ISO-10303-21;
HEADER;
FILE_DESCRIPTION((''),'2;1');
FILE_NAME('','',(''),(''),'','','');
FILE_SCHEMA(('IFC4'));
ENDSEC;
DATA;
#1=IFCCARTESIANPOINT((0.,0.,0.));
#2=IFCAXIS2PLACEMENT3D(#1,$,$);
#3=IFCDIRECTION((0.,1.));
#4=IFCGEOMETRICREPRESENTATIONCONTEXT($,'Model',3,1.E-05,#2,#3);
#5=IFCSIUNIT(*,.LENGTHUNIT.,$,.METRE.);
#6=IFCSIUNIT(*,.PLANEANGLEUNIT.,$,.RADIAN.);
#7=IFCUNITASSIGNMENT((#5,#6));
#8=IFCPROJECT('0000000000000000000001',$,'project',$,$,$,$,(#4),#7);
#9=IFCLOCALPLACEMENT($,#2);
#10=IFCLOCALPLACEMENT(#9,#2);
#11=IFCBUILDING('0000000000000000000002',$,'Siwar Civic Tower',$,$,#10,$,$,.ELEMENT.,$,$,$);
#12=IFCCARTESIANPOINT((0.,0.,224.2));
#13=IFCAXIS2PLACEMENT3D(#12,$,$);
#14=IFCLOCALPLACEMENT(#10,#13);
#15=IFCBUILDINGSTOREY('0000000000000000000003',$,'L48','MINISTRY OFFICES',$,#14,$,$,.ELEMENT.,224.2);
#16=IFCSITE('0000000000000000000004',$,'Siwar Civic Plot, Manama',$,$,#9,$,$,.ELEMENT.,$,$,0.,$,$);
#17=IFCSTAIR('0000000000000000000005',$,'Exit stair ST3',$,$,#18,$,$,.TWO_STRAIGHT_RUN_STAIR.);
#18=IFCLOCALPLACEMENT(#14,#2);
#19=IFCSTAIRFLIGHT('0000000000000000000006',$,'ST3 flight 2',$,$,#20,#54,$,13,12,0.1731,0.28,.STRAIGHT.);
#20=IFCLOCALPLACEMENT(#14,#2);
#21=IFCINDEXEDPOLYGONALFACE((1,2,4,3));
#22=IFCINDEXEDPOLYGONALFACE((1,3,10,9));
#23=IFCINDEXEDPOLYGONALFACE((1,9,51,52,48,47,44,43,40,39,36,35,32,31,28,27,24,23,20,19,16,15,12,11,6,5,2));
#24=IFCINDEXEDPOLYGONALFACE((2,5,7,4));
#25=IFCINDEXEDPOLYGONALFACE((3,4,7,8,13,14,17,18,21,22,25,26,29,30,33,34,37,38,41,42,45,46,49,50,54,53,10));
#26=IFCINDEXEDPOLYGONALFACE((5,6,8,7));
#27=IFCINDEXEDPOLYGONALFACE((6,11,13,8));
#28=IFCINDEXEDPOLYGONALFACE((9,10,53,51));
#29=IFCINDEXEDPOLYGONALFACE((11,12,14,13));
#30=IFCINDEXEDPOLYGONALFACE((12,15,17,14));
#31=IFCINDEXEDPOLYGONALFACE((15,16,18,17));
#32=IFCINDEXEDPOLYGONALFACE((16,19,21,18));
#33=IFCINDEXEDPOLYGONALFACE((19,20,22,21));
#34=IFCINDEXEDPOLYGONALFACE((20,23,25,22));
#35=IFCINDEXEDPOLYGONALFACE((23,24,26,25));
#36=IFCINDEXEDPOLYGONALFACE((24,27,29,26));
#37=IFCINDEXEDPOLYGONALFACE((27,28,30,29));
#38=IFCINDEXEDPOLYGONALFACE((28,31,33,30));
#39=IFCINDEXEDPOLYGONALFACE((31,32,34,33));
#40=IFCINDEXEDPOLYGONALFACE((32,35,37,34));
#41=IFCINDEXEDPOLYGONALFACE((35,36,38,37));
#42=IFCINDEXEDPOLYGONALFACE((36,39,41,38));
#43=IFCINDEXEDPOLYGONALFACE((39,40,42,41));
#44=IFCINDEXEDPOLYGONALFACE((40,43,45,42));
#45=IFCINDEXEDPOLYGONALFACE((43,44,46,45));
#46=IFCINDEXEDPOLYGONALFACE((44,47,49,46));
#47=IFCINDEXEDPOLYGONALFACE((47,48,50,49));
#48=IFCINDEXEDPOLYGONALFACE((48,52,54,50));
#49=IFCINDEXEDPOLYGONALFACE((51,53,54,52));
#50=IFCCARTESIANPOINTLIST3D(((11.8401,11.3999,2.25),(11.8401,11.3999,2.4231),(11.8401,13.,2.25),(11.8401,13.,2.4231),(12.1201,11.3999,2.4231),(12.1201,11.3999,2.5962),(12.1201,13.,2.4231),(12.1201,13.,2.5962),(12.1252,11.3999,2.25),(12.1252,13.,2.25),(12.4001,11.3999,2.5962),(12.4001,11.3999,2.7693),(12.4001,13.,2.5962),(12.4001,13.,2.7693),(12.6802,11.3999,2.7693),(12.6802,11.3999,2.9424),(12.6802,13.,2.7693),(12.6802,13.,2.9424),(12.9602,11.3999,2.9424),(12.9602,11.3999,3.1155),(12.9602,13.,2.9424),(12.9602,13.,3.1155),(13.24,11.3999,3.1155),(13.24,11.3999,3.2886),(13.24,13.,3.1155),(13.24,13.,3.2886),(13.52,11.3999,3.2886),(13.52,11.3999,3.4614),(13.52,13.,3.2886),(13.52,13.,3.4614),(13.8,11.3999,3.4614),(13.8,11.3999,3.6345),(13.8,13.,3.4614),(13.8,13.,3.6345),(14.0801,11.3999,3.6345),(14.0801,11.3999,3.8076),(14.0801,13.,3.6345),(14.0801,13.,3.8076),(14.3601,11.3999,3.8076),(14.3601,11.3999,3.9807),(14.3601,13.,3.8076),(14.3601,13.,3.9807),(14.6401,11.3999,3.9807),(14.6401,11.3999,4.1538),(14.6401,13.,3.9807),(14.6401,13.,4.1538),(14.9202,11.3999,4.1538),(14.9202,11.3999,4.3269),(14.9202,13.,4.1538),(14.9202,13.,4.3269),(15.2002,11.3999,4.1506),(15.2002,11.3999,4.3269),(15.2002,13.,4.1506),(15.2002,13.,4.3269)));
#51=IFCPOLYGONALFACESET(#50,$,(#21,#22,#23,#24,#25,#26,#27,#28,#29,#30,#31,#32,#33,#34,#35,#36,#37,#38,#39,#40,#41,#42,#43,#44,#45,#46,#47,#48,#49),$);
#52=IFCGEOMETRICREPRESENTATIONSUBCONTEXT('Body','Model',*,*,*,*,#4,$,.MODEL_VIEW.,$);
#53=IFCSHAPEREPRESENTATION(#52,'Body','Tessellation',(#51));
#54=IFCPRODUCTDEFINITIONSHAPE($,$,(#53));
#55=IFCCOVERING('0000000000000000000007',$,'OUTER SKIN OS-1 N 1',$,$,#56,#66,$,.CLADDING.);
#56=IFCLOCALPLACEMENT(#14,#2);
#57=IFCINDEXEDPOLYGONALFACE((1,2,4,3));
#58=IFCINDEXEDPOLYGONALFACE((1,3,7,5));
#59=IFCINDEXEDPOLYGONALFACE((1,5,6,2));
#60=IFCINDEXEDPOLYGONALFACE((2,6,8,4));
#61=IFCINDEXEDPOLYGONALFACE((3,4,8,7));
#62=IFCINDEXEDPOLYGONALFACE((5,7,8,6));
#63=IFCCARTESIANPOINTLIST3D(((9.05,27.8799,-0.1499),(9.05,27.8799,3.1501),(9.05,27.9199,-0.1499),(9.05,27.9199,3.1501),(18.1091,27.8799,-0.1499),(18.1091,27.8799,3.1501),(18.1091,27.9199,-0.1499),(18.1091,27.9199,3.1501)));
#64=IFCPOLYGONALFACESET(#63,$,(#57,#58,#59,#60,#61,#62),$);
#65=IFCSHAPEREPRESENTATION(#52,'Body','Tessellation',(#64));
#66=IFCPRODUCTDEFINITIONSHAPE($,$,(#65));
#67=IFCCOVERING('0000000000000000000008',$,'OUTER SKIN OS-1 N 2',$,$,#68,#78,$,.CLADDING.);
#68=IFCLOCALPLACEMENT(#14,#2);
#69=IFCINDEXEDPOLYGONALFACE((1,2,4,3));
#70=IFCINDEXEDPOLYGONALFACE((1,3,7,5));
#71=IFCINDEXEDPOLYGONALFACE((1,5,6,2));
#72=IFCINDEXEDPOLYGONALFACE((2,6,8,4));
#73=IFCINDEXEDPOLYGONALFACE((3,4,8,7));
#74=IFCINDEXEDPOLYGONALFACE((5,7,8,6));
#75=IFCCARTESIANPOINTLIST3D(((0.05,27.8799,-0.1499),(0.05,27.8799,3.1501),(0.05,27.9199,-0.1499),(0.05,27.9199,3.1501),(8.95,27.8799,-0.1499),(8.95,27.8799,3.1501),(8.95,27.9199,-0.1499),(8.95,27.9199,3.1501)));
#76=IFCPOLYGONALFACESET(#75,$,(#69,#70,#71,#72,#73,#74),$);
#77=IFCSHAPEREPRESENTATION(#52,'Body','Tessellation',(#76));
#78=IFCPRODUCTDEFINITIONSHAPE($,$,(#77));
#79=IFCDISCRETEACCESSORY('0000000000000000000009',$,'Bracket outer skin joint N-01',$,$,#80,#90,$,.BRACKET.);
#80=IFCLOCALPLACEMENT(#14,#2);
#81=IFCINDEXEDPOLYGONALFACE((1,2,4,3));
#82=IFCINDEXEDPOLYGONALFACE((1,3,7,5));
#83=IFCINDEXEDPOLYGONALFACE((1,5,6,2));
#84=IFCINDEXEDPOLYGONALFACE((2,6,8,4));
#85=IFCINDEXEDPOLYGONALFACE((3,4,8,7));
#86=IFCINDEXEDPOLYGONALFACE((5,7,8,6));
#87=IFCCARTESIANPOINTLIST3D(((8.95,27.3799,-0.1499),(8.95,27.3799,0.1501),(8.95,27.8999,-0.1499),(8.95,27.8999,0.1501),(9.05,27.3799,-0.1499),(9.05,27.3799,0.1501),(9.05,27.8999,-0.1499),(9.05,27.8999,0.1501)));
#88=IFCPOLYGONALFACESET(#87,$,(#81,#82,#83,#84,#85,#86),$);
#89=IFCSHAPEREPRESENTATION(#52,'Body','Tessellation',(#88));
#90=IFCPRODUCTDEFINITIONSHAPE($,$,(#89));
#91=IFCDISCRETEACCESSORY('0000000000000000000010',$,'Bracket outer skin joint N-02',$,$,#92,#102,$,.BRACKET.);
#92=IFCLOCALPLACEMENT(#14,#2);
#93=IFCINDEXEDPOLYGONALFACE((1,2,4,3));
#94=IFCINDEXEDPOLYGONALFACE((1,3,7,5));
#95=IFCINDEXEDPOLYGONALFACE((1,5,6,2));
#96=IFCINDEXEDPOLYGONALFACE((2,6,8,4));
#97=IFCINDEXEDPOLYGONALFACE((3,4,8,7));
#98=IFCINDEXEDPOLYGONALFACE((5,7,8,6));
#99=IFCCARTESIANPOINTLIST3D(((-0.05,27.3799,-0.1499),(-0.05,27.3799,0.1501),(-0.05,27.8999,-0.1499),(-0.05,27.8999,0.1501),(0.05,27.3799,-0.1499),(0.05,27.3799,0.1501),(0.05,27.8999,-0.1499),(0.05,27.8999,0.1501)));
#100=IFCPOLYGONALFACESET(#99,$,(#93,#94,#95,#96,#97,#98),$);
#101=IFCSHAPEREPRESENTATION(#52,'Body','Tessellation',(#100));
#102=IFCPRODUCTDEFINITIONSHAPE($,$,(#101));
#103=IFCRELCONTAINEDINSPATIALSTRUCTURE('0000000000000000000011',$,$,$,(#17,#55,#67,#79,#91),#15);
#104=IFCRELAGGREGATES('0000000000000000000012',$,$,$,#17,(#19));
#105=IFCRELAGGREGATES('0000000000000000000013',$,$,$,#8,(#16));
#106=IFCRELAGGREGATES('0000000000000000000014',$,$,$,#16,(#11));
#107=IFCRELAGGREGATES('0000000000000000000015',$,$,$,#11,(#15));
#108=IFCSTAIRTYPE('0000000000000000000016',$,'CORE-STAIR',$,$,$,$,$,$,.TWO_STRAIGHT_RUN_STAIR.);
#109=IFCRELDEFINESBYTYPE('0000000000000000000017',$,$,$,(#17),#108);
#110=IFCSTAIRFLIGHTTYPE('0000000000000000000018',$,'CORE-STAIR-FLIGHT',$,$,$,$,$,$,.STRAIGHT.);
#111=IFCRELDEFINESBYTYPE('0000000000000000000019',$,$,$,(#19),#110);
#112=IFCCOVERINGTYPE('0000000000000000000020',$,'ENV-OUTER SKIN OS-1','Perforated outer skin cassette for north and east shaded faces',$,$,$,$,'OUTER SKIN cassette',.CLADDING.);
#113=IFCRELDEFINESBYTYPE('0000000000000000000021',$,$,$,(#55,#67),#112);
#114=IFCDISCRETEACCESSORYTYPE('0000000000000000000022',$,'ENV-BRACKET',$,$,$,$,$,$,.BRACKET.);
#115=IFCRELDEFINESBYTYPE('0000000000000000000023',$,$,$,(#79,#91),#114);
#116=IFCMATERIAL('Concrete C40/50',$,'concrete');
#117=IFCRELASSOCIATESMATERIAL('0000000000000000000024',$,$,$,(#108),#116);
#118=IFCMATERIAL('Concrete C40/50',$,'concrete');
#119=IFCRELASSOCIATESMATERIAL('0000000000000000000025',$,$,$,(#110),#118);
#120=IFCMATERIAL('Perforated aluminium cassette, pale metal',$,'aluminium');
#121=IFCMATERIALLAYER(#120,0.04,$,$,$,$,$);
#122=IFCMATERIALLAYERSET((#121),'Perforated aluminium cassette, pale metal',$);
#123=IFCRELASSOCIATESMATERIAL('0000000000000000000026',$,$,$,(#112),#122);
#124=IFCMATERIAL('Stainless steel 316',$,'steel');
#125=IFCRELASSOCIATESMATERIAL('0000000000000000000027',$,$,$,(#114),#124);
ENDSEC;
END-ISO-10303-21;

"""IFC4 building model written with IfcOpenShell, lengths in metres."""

from ifc_helpers import new_model, si_unit, direction, frame, origin, origin_2d, place, context, subcontext, project, spatial, polyline, rectangle, outline, extrude, material, layer, layer_set, type_object, element, aggregate, save


model = new_model("IFC4")

# Units and contexts
model_context = context("Model", 3, precision=1e-05, world=origin(), true_north=direction((0.0, 1.0)))
body_context = subcontext(model_context, "Body", "Model", "MODEL_VIEW")
ifc_project = project(units=[si_unit("LENGTHUNIT", "METRE"), si_unit("PLANEANGLEUNIT", "RADIAN")], contexts=[model_context])

# Site, building, storey
site_placement = place(None, origin())
site = spatial("IfcSite", under=ifc_project, at=site_placement, Name="Siwar Civic Plot, Manama", CompositionType="ELEMENT", RefElevation=0.0)
building_placement = place(site_placement, origin())
building = spatial("IfcBuilding", under=site, at=building_placement, Name="Siwar Civic Tower", CompositionType="ELEMENT")
storey_placement = place(building_placement, frame((0.0, 0.0, 224.2)))
storey = spatial("IfcBuildingStorey", under=building, at=storey_placement, Name="L48", Description="MINISTRY OFFICES", CompositionType="ELEMENT", Elevation=224.2)

# Stair, stair flight
ifc_material_1 = material(Name="Concrete C40/50", Category="concrete")
stair_type = type_object("IfcStairType", Name="CORE-STAIR", PredefinedType="TWO_STRAIGHT_RUN_STAIR", material=ifc_material_1)
stair_placement = place(storey_placement, origin())
stair = element("IfcStair", 1, at=stair_placement, inside=storey, type_object=stair_type, Name="Exit stair ST3", PredefinedType="TWO_STRAIGHT_RUN_STAIR")
ifc_material_2 = material(Name="Concrete C40/50", Category="concrete")
stair_flight_type = type_object("IfcStairFlightType", Name="CORE-STAIR-FLIGHT", PredefinedType="STRAIGHT", material=ifc_material_2)
stair_flight_placement = place(storey_placement, frame((11.8401, 12.2, 2.25), z_axis=(0.0, 0.0, 1.0), x_axis=(1.0, 0.0, 0.0)))
stair_flight = element("IfcStairFlight", 2, at=stair_flight_placement, type_object=stair_flight_type, Name="ST3 flight 2", NumberOfRisers=13, NumberOfTreads=12, PredefinedType="STRAIGHT", RiserHeight=0.1731, TreadLength=0.28, context=body_context, shape_type="SweptSolid", body=[
    extrude(outline(polyline([(0.0, 0.0), (0.0, 0.1731), (0.28, 0.1731), (0.28, 0.3462), (0.5601, 0.3462), (0.5601, 0.5193), (0.8401, 0.5193), (0.8401, 0.6924), (1.1201, 0.6924), (1.1201, 0.8655), (1.3999, 0.8655), (1.3999, 1.0386), (1.6799, 1.0386), (1.6799, 1.2114), (1.96, 1.2114), (1.96, 1.3845), (2.24, 1.3845), (2.24, 1.5576), (2.52, 1.5576), (2.52, 1.7307), (2.8, 1.7307), (2.8, 1.9038), (3.0801, 1.9038), (3.0801, 2.0769), (3.3601, 2.0769), (3.3601, 2.25), (3.3601, 1.9006), (0.2852, 0.0), (0.0, 0.0)])), frame((0.0, 0.8, 0.0), z_axis=(0.0, -1.0, 0.0), x_axis=(1.0, 0.0, 0.0)), (0.0, 0.0, 1.0), 1.6001),
])
aggregate(stair, [stair_flight])

# Coverings
ifc_material_3 = material(Name="Perforated aluminium cassette, pale metal", Category="aluminium")
ifc_layer_1 = layer(ifc_material_3, 0.04)
ifc_layer_set_1 = layer_set([ifc_layer_1], Name="Perforated aluminium cassette, pale metal")
covering_type = type_object("IfcCoveringType", Name="ENV-OUTER SKIN OS-1", Description="Perforated outer skin cassette for north and east shaded faces", ElementType="OUTER SKIN cassette", PredefinedType="CLADDING", material=ifc_layer_set_1)
covering_1_placement = place(storey_placement, frame((13.5796, 27.8999, -0.1499), z_axis=(0.0, 0.0, 1.0), x_axis=(-1.0, 0.0, 0.0)))
element("IfcCovering", 3, at=covering_1_placement, inside=storey, type_object=covering_type, Name="OUTER SKIN OS-1 N 1", PredefinedType="CLADDING", context=body_context, shape_type="SweptSolid", body=[
    extrude(rectangle(XDim=9.0591, YDim=0.04, at=origin_2d()), origin(), (0.0, 0.0, 1.0), 3.3),
])
covering_2_placement = place(storey_placement, frame((4.5, 27.8999, -0.1499), z_axis=(0.0, 0.0, 1.0), x_axis=(-1.0, 0.0, 0.0)))
element("IfcCovering", 4, at=covering_2_placement, inside=storey, type_object=covering_type, Name="OUTER SKIN OS-1 N 2", PredefinedType="CLADDING", context=body_context, shape_type="SweptSolid", body=[
    extrude(rectangle(XDim=8.8999, YDim=0.04, at=origin_2d()), origin(), (0.0, 0.0, 1.0), 3.3),
])

# Discrete accessories
ifc_material_4 = material(Name="Stainless steel 316", Category="steel")
discrete_accessory_type = type_object("IfcDiscreteAccessoryType", Name="ENV-BRACKET", PredefinedType="BRACKET", material=ifc_material_4)
for number, where, z_axis, x_axis, name in (
    (5, (9.0, 27.6399, -0.1499), (0.0, 0.0, 1.0), (0.0, 1.0, 0.0), "Bracket outer skin joint N-01"),
    (6, (0.0, 27.6399, -0.1499), (0.0, 0.0, 1.0), (0.0, 1.0, 0.0), "Bracket outer skin joint N-02"),
):
    element("IfcDiscreteAccessory", number, at=place(storey_placement, frame(where, z_axis=z_axis, x_axis=x_axis)), inside=storey, type_object=discrete_accessory_type, Name=name, PredefinedType="BRACKET", context=body_context, shape_type="SweptSolid", body=[
        extrude(rectangle(XDim=0.52, YDim=0.1001, at=origin_2d()), origin(), (0.0, 0.0, 1.0), 0.3),
    ])

save(model, "model.ifc")
